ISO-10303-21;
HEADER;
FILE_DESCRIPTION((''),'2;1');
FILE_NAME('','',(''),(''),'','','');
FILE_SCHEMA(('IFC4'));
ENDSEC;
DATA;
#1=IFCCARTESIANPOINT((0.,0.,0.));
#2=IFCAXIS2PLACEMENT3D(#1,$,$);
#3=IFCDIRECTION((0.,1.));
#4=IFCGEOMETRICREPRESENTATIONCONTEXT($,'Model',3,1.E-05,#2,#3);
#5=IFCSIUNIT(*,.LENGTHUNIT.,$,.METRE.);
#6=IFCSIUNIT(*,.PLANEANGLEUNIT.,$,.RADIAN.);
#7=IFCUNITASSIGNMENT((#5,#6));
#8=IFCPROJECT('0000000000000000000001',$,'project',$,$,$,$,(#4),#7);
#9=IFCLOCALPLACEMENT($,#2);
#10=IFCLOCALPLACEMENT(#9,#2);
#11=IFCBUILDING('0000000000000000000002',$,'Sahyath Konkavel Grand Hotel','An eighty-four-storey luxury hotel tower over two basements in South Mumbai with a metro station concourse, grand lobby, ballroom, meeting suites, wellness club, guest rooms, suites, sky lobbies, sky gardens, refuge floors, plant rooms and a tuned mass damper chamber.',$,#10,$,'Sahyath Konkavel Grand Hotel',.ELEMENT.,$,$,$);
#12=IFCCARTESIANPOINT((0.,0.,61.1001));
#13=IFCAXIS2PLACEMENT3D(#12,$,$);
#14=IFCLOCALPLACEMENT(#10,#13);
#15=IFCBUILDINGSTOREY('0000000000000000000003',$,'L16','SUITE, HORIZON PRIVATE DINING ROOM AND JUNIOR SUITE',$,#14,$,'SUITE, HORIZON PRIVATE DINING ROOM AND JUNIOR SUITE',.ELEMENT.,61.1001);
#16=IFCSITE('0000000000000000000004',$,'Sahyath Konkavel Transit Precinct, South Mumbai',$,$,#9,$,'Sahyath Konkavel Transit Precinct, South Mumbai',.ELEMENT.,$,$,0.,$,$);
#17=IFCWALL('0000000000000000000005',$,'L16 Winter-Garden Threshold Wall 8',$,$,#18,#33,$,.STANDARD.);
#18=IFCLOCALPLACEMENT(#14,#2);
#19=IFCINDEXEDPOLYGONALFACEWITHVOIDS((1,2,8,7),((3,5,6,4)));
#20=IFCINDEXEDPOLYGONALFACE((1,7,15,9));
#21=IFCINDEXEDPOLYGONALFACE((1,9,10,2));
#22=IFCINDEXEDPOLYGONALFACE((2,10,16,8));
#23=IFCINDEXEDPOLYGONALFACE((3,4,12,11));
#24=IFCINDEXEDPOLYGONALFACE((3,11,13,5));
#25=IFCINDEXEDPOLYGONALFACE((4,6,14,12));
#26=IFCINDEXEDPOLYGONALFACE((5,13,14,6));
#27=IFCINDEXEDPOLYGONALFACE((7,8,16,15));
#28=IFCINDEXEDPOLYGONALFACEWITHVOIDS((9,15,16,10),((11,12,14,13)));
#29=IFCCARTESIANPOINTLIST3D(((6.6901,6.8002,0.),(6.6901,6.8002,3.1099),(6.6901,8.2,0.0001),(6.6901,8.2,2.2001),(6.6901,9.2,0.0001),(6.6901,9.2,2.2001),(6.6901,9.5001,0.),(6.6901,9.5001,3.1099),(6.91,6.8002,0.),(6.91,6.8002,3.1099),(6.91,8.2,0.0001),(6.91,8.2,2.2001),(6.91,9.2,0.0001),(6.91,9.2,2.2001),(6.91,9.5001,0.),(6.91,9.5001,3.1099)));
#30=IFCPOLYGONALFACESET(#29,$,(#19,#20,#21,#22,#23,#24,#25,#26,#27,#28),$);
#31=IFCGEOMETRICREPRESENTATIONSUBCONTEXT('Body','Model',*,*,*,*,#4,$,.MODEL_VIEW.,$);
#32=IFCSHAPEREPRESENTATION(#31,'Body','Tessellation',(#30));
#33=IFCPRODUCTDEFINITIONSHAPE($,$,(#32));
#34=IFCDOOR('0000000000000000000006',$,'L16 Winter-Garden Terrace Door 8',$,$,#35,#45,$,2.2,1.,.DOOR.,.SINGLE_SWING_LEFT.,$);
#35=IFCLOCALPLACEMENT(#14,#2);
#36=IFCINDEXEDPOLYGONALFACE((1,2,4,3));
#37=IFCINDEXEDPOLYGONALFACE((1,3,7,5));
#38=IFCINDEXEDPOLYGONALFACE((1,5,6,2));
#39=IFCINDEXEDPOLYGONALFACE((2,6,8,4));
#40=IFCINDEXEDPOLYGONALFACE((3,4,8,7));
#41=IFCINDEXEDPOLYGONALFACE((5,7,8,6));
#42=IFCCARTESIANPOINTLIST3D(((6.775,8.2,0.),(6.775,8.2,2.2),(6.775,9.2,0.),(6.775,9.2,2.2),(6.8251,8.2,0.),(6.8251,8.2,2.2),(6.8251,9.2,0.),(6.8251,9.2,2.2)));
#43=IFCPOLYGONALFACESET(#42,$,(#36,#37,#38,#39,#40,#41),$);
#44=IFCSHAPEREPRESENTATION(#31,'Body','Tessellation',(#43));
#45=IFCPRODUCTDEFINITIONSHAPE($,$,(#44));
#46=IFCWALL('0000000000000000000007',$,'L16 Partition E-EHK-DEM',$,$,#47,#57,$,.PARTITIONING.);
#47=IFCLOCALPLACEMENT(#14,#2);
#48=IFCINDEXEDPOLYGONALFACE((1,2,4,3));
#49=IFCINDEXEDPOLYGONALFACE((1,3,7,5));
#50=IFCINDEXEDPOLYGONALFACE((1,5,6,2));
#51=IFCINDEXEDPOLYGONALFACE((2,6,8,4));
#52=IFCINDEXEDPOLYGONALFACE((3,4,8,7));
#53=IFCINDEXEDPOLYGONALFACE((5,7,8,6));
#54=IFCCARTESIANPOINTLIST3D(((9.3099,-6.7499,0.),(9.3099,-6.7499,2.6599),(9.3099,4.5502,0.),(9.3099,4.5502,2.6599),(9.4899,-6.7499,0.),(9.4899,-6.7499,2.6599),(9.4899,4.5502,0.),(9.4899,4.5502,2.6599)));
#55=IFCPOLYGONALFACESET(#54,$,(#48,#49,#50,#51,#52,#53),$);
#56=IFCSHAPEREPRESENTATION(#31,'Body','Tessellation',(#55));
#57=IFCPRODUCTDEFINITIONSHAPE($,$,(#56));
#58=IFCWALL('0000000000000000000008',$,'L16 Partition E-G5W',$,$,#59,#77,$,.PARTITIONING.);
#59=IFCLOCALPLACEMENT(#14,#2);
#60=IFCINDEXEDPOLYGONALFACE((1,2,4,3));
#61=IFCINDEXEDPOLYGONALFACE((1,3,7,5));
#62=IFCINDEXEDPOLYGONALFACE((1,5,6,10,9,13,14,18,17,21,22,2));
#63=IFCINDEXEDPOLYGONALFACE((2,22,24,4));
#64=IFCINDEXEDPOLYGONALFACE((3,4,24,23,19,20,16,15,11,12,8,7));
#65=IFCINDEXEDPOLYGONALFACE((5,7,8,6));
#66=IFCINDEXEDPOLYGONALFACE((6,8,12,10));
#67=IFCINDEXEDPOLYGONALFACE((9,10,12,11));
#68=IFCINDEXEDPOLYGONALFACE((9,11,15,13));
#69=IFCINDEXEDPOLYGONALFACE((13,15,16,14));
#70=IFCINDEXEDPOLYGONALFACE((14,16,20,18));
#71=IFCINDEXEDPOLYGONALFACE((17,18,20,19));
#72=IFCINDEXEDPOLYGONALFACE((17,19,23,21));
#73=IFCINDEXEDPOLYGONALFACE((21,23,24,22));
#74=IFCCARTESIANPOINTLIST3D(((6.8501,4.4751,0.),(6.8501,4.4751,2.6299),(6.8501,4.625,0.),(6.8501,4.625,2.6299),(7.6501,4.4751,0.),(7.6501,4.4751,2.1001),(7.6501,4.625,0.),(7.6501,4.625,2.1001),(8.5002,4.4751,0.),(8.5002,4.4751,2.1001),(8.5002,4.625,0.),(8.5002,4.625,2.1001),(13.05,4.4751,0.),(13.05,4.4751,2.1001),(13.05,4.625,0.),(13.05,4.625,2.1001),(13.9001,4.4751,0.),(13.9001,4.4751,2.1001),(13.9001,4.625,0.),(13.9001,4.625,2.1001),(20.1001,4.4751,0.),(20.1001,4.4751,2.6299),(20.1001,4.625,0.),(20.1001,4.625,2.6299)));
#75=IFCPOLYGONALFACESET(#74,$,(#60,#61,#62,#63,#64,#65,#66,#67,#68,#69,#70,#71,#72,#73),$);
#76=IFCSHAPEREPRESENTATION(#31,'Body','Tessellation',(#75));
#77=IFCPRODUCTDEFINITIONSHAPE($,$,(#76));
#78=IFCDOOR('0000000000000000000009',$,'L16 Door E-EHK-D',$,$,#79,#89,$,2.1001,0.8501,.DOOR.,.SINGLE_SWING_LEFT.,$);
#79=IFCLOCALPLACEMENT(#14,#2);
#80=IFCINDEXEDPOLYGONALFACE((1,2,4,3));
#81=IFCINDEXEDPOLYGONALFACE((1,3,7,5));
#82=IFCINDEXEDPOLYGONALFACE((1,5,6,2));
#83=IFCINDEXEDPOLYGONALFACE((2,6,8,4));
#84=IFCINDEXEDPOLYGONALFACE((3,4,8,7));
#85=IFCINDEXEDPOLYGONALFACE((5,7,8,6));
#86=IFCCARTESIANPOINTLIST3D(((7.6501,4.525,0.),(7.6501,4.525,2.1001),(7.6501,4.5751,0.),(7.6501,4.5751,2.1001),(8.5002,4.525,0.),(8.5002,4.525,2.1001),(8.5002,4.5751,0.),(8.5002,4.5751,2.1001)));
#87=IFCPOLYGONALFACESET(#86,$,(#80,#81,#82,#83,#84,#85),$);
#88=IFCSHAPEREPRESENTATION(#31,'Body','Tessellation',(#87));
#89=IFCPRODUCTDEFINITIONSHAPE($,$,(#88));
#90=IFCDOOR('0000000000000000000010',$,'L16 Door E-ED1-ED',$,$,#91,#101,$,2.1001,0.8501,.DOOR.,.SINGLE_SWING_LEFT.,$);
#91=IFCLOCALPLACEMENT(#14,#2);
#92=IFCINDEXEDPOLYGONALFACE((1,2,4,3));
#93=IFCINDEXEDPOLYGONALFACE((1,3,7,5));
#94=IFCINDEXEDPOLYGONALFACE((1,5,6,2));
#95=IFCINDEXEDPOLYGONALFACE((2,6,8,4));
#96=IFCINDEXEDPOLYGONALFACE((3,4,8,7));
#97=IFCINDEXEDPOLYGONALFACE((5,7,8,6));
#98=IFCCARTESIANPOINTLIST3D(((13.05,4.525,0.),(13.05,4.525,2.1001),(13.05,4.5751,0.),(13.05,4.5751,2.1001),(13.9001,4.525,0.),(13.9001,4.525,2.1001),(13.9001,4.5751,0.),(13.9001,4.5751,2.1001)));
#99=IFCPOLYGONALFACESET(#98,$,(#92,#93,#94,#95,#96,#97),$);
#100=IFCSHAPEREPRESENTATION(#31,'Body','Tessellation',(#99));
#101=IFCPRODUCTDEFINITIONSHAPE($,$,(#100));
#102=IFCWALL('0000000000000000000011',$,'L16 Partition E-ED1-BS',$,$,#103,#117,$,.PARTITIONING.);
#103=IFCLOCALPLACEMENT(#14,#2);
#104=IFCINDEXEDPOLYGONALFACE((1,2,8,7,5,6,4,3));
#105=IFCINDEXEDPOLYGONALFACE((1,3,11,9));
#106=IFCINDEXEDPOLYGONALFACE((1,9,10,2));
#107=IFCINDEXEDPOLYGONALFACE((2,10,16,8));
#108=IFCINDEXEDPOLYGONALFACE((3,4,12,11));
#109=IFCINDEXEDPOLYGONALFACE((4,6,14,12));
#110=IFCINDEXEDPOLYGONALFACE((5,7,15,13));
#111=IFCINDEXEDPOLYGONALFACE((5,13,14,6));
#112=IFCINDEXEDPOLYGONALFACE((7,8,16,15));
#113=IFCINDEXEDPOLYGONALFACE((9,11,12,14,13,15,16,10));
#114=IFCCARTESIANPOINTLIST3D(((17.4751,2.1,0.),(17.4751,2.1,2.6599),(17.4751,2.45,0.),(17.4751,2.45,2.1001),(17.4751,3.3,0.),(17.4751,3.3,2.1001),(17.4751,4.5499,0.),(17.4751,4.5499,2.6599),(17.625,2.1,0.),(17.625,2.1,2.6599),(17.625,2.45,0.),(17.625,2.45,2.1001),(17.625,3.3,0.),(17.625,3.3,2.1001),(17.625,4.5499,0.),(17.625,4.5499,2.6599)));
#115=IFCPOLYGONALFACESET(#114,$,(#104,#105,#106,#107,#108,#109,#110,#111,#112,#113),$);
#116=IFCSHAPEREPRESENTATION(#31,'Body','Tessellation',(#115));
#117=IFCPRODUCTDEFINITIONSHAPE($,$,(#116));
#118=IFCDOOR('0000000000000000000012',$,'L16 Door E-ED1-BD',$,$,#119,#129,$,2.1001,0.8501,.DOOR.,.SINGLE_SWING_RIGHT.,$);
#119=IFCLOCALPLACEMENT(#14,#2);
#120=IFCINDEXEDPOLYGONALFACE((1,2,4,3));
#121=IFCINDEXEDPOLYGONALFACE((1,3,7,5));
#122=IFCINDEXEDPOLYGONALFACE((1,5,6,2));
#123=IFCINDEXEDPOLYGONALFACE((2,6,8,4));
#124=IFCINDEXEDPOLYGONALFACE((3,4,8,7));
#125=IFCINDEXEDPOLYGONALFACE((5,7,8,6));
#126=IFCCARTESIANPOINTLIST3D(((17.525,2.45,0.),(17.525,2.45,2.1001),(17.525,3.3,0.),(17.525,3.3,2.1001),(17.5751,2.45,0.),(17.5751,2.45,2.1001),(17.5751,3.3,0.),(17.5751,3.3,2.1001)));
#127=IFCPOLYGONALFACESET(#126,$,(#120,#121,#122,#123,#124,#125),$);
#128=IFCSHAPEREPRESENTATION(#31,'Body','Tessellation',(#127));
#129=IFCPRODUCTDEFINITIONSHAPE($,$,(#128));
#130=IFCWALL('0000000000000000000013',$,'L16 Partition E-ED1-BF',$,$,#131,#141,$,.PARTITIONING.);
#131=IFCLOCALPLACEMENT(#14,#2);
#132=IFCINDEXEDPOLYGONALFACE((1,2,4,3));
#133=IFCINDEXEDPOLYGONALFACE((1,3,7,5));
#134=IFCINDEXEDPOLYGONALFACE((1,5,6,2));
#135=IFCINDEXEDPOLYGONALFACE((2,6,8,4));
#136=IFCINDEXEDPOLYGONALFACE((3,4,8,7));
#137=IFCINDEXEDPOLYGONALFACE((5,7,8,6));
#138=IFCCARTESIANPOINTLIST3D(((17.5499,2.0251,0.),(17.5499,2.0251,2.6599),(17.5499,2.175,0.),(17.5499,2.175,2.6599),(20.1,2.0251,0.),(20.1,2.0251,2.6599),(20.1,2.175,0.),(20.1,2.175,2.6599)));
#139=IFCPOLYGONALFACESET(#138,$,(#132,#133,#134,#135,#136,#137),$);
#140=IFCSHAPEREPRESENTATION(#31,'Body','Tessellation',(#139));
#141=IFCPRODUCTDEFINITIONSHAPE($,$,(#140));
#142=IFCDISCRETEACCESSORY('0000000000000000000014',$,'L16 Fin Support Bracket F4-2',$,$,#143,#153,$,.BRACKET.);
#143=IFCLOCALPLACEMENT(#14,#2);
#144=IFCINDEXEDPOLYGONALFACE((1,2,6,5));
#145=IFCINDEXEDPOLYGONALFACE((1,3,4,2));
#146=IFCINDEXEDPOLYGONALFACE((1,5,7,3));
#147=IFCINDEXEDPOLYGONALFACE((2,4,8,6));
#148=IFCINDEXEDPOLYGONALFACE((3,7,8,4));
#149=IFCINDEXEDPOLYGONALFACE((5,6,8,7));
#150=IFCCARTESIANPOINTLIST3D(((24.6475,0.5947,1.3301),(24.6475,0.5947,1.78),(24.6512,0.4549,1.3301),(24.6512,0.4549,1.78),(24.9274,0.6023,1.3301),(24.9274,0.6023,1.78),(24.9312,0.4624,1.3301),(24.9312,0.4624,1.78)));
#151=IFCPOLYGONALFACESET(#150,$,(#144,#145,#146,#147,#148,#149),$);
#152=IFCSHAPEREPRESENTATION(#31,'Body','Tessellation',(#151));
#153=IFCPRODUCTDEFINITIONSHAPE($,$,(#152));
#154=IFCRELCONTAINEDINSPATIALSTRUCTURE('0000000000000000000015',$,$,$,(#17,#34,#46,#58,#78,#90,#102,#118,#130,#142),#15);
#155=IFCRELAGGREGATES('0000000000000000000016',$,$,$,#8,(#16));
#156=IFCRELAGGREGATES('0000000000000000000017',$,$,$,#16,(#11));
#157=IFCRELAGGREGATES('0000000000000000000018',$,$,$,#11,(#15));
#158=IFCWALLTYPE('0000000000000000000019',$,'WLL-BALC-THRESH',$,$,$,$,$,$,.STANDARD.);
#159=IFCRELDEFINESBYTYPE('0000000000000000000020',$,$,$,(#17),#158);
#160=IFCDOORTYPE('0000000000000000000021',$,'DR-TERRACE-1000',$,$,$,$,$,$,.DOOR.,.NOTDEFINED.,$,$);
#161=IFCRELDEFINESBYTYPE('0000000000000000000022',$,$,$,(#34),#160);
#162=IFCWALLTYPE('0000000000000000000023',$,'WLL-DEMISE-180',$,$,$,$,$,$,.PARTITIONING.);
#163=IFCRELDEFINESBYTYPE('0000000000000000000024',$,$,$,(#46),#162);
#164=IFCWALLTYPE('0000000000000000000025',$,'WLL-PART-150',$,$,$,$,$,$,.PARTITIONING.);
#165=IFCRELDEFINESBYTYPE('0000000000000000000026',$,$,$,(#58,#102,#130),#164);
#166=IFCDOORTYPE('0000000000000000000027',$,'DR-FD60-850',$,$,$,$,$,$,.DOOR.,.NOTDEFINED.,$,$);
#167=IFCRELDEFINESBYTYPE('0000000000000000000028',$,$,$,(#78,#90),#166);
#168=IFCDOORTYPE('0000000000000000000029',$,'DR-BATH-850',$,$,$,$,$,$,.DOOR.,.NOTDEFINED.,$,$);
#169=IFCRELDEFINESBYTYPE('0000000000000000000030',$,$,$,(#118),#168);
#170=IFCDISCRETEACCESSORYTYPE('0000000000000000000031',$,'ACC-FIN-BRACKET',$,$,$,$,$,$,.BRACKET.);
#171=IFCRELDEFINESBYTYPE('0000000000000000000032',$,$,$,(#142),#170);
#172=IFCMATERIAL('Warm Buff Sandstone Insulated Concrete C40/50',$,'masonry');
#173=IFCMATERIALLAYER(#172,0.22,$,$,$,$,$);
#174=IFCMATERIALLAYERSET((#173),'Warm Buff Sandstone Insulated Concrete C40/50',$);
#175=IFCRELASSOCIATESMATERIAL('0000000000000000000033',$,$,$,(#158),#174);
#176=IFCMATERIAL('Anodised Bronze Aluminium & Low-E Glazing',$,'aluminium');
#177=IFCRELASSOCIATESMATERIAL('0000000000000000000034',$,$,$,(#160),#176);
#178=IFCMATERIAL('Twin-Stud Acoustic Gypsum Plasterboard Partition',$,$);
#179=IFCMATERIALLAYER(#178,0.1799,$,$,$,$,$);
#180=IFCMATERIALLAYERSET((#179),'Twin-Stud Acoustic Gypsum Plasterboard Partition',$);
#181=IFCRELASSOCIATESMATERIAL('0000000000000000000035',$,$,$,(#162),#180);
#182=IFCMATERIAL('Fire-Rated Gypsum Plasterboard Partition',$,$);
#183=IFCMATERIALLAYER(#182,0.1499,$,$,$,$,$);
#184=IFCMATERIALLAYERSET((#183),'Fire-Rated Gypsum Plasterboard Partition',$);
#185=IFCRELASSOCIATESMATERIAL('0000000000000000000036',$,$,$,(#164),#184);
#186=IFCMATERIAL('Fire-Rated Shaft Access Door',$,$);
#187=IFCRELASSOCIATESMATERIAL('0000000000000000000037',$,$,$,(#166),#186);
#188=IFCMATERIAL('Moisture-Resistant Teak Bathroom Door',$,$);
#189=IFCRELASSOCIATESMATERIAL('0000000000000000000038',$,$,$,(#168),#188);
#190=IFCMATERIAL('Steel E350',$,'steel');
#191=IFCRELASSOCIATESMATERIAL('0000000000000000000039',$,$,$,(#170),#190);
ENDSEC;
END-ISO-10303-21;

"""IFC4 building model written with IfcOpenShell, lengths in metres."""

from ifc_helpers import new_model, si_unit, direction, frame, frame_2d, origin, origin_2d, place, context, subcontext, project, spatial, rectangle, extrude, source, transform, mapped, material, layer, layer_set, type_object, element, fill, save


model = new_model("IFC4")

# Units and contexts
model_context = context("Model", 3, precision=1e-05, world=origin(), true_north=direction((0.0, 1.0)))
body_context = subcontext(model_context, "Body", "Model", "MODEL_VIEW")
ifc_project = project(units=[si_unit("LENGTHUNIT", "METRE"), si_unit("PLANEANGLEUNIT", "RADIAN")], contexts=[model_context])

# Site, building, storey
site_placement = place(None, origin())
site = spatial("IfcSite", under=ifc_project, at=site_placement, Name="Sahyath Konkavel Transit Precinct, South Mumbai", LongName="Sahyath Konkavel Transit Precinct, South Mumbai", CompositionType="ELEMENT", RefElevation=0.0)
building_placement = place(site_placement, origin())
building = spatial("IfcBuilding", under=site, at=building_placement, Name="Sahyath Konkavel Grand Hotel", Description="An eighty-four-storey luxury hotel tower over two basements in South Mumbai with a metro station concourse, grand lobby, ballroom, meeting suites, wellness club, guest rooms, suites, sky lobbies, sky gardens, refuge floors, plant rooms and a tuned mass damper chamber.", LongName="Sahyath Konkavel Grand Hotel", CompositionType="ELEMENT")
storey_placement = place(building_placement, frame((0.0, 0.0, 61.1001)))
storey = spatial("IfcBuildingStorey", under=building, at=storey_placement, Name="L16", Description="SUITE, HORIZON PRIVATE DINING ROOM AND JUNIOR SUITE", LongName="SUITE, HORIZON PRIVATE DINING ROOM AND JUNIOR SUITE", CompositionType="ELEMENT", Elevation=61.1001)

# Shared definitions
ifc_material_1 = material(Name="Steel E350", Category="steel")

# Shared definitions
ifc_material_2 = material(Name="Anodised Bronze Aluminium & Low-E Glazing", Category="aluminium")

# Shared definitions
ifc_material_3 = material(Name="Warm Buff Sandstone Insulated Concrete C40/50", Category="masonry")
ifc_layer_1 = layer(ifc_material_3, 0.22)
ifc_layer_set_1 = layer_set([ifc_layer_1], Name="Warm Buff Sandstone Insulated Concrete C40/50")
wall_type_1 = type_object("IfcWallType", Name="WLL-BALC-THRESH", PredefinedType="STANDARD", material=ifc_layer_set_1)

# Wall, opening, door
wall_1_placement = place(storey_placement, frame((6.8, 6.8, 0.0), z_axis=(0.0, 0.0, 1.0), x_axis=(0.0, 1.0, 0.0)))
wall_1 = element("IfcWall", 1, at=wall_1_placement, inside=storey, type_object=wall_type_1, Name="L16 Winter-Garden Threshold Wall 8", PredefinedType="STANDARD", context=body_context, shape_type="SweptSolid", body=[
    extrude(rectangle(XDim=2.7, YDim=0.22, at=frame_2d((1.3501, 0.0))), origin(), (0.0, 0.0, 1.0), 3.1099),
])
opening_1_placement = place(wall_1_placement, frame((1.3999, 0.0, 0.0)))
opening_1 = element("IfcOpeningElement", 2, at=opening_1_placement, cuts=wall_1, PredefinedType="OPENING", context=body_context, shape_type="SweptSolid", body=[
    extrude(rectangle(XDim=1.0, YDim=2.2, at=frame_2d((0.5, 1.1001))), frame((0.0, 0.1201, 0.0), z_axis=(0.0, -1.0, 0.0), x_axis=(1.0, 0.0, 0.0)), (0.0, 0.0, 1.0), 0.24),
])
door_type_1 = type_object("IfcDoorType", Name="DR-TERRACE-1000", OperationType="NOTDEFINED", PredefinedType="DOOR", material=ifc_material_2)
shared_shape_1 = source(origin(), body_context, "Body", "SweptSolid", [
    extrude(rectangle(XDim=1.0, YDim=0.05, at=origin_2d()), origin(), (0.0, 0.0, 1.0), 2.2),
])
door_1_placement = place(opening_1_placement, frame((0.5, 0.0, 0.0)))
door_1 = element("IfcDoor", 3, at=door_1_placement, inside=storey, type_object=door_type_1, Name="L16 Winter-Garden Terrace Door 8", OperationType="SINGLE_SWING_LEFT", OverallHeight=2.2, OverallWidth=1.0, PredefinedType="DOOR", context=body_context, shape_type="MappedRepresentation", body=[
    mapped(shared_shape_1, transform((0.0, 0.0, 0.0), scale=1.0)),
])
fill(opening_1, door_1)

# Wall
ifc_material_4 = material(Name="Twin-Stud Acoustic Gypsum Plasterboard Partition")
ifc_layer_2 = layer(ifc_material_4, 0.1799)
ifc_layer_set_2 = layer_set([ifc_layer_2], Name="Twin-Stud Acoustic Gypsum Plasterboard Partition")
wall_type_2 = type_object("IfcWallType", Name="WLL-DEMISE-180", PredefinedType="PARTITIONING", material=ifc_layer_set_2)
wall_2_placement = place(storey_placement, frame((9.3999, 4.55, 0.0), z_axis=(0.0, 0.0, 1.0), x_axis=(0.0, -1.0, 0.0)))
element("IfcWall", 4, at=wall_2_placement, inside=storey, type_object=wall_type_2, Name="L16 Partition E-EHK-DEM", PredefinedType="PARTITIONING", context=body_context, shape_type="SweptSolid", body=[
    extrude(rectangle(XDim=11.3, YDim=0.1799, at=frame_2d((5.6499, 0.0))), origin(), (0.0, 0.0, 1.0), 2.6599),
])

# Wall, openings, doors
ifc_material_5 = material(Name="Fire-Rated Gypsum Plasterboard Partition")
ifc_layer_3 = layer(ifc_material_5, 0.1499)
ifc_layer_set_3 = layer_set([ifc_layer_3], Name="Fire-Rated Gypsum Plasterboard Partition")
wall_type_3 = type_object("IfcWallType", Name="WLL-PART-150", PredefinedType="PARTITIONING", material=ifc_layer_set_3)
wall_3_placement = place(storey_placement, frame((6.8501, 4.55, 0.0), z_axis=(0.0, 0.0, 1.0), x_axis=(1.0, 0.0, 0.0)))
wall_3 = element("IfcWall", 5, at=wall_3_placement, inside=storey, type_object=wall_type_3, Name="L16 Partition E-G5W", PredefinedType="PARTITIONING", context=body_context, shape_type="SweptSolid", body=[
    extrude(rectangle(XDim=13.25, YDim=0.1499, at=frame_2d((6.625, 0.0))), origin(), (0.0, 0.0, 1.0), 2.6299),
])
opening_2_placement = place(wall_3_placement, frame((0.8, 0.0, 0.0)))
opening_2 = element("IfcOpeningElement", 6, at=opening_2_placement, cuts=wall_3, PredefinedType="OPENING", context=body_context, shape_type="SweptSolid", body=[
    extrude(rectangle(XDim=0.8501, YDim=2.1001, at=frame_2d((0.425, 1.05))), frame((0.0, 0.085, 0.0), z_axis=(0.0, -1.0, 0.0), x_axis=(1.0, 0.0, 0.0)), (0.0, 0.0, 1.0), 0.1699),
])
opening_3_placement = place(wall_3_placement, frame((6.2, 0.0, 0.0)))
opening_3 = element("IfcOpeningElement", 7, at=opening_3_placement, cuts=wall_3, PredefinedType="OPENING", context=body_context, shape_type="SweptSolid", body=[
    extrude(rectangle(XDim=0.8501, YDim=2.1001, at=frame_2d((0.425, 1.05))), frame((0.0, 0.085, 0.0), z_axis=(0.0, -1.0, 0.0), x_axis=(1.0, 0.0, 0.0)), (0.0, 0.0, 1.0), 0.1699),
])
ifc_material_6 = material(Name="Fire-Rated Shaft Access Door")
door_type_2 = type_object("IfcDoorType", Name="DR-FD60-850", OperationType="NOTDEFINED", PredefinedType="DOOR", material=ifc_material_6)
shared_shape_2 = source(origin(), body_context, "Body", "SweptSolid", [
    extrude(rectangle(XDim=0.8501, YDim=0.05, at=origin_2d()), origin(), (0.0, 0.0, 1.0), 2.1001),
])
door_2_placement = place(opening_2_placement, frame((0.425, 0.0, 0.0)))
door_2 = element("IfcDoor", 8, at=door_2_placement, inside=storey, type_object=door_type_2, Name="L16 Door E-EHK-D", OperationType="SINGLE_SWING_LEFT", OverallHeight=2.1001, OverallWidth=0.8501, PredefinedType="DOOR", context=body_context, shape_type="MappedRepresentation", body=[
    mapped(shared_shape_2, transform((0.0, 0.0, 0.0), scale=1.0)),
])
fill(opening_2, door_2)
door_3_placement = place(opening_3_placement, frame((0.425, 0.0, 0.0)))
door_3 = element("IfcDoor", 9, at=door_3_placement, inside=storey, type_object=door_type_2, Name="L16 Door E-ED1-ED", OperationType="SINGLE_SWING_LEFT", OverallHeight=2.1001, OverallWidth=0.8501, PredefinedType="DOOR", context=body_context, shape_type="MappedRepresentation", body=[
    mapped(shared_shape_2, transform((0.0, 0.0, 0.0), scale=1.0)),
])
fill(opening_3, door_3)

# Wall, opening, door
wall_4_placement = place(storey_placement, frame((17.55, 4.55, 0.0), z_axis=(0.0, 0.0, 1.0), x_axis=(0.0, -1.0, 0.0)))
wall_4 = element("IfcWall", 10, at=wall_4_placement, inside=storey, type_object=wall_type_3, Name="L16 Partition E-ED1-BS", PredefinedType="PARTITIONING", context=body_context, shape_type="SweptSolid", body=[
    extrude(rectangle(XDim=2.45, YDim=0.1499, at=frame_2d((1.2251, 0.0))), origin(), (0.0, 0.0, 1.0), 2.6599),
])
opening_4_placement = place(wall_4_placement, frame((1.25, 0.0, 0.0)))
opening_4 = element("IfcOpeningElement", 11, at=opening_4_placement, cuts=wall_4, PredefinedType="OPENING", context=body_context, shape_type="SweptSolid", body=[
    extrude(rectangle(XDim=0.8501, YDim=2.1001, at=frame_2d((0.425, 1.05))), frame((0.0, 0.085, 0.0), z_axis=(0.0, -1.0, 0.0), x_axis=(1.0, 0.0, 0.0)), (0.0, 0.0, 1.0), 0.1699),
])
ifc_material_7 = material(Name="Moisture-Resistant Teak Bathroom Door")
door_type_3 = type_object("IfcDoorType", Name="DR-BATH-850", OperationType="NOTDEFINED", PredefinedType="DOOR", material=ifc_material_7)
door_4_placement = place(opening_4_placement, frame((0.425, 0.0, 0.0)))
door_4 = element("IfcDoor", 12, at=door_4_placement, inside=storey, type_object=door_type_3, Name="L16 Door E-ED1-BD", OperationType="SINGLE_SWING_RIGHT", OverallHeight=2.1001, OverallWidth=0.8501, PredefinedType="DOOR", context=body_context, shape_type="MappedRepresentation", body=[
    mapped(shared_shape_2, transform((0.0, 0.0, 0.0), scale=1.0)),
])
fill(opening_4, door_4)

# Wall
wall_5_placement = place(storey_placement, frame((17.55, 2.1001, 0.0), z_axis=(0.0, 0.0, 1.0), x_axis=(1.0, 0.0, 0.0)))
element("IfcWall", 13, at=wall_5_placement, inside=storey, type_object=wall_type_3, Name="L16 Partition E-ED1-BF", PredefinedType="PARTITIONING", context=body_context, shape_type="SweptSolid", body=[
    extrude(rectangle(XDim=2.55, YDim=0.1499, at=frame_2d((1.2749, 0.0))), origin(), (0.0, 0.0, 1.0), 2.6599),
])

# Discrete accessory
discrete_accessory_type = type_object("IfcDiscreteAccessoryType", Name="ACC-FIN-BRACKET", PredefinedType="BRACKET", material=ifc_material_1)
shared_shape_3 = source(origin(), body_context, "Body", "SweptSolid", [
    extrude(rectangle(XDim=0.28, YDim=0.1399, at=origin_2d()), origin(), (0.0, 0.0, 1.0), 0.45),
])
discrete_accessory_placement = place(storey_placement, frame((24.7893, 0.5286, 1.3301), z_axis=(0.0, 0.0, 1.0), x_axis=(0.999638, 0.02691, 0.0)))
element("IfcDiscreteAccessory", 14, at=discrete_accessory_placement, inside=storey, type_object=discrete_accessory_type, Name="L16 Fin Support Bracket F4-2", PredefinedType="BRACKET", context=body_context, shape_type="MappedRepresentation", body=[
    mapped(shared_shape_3, transform((0.0, 0.0, 0.0), scale=1.0)),
])

save(model, "model.ifc")
